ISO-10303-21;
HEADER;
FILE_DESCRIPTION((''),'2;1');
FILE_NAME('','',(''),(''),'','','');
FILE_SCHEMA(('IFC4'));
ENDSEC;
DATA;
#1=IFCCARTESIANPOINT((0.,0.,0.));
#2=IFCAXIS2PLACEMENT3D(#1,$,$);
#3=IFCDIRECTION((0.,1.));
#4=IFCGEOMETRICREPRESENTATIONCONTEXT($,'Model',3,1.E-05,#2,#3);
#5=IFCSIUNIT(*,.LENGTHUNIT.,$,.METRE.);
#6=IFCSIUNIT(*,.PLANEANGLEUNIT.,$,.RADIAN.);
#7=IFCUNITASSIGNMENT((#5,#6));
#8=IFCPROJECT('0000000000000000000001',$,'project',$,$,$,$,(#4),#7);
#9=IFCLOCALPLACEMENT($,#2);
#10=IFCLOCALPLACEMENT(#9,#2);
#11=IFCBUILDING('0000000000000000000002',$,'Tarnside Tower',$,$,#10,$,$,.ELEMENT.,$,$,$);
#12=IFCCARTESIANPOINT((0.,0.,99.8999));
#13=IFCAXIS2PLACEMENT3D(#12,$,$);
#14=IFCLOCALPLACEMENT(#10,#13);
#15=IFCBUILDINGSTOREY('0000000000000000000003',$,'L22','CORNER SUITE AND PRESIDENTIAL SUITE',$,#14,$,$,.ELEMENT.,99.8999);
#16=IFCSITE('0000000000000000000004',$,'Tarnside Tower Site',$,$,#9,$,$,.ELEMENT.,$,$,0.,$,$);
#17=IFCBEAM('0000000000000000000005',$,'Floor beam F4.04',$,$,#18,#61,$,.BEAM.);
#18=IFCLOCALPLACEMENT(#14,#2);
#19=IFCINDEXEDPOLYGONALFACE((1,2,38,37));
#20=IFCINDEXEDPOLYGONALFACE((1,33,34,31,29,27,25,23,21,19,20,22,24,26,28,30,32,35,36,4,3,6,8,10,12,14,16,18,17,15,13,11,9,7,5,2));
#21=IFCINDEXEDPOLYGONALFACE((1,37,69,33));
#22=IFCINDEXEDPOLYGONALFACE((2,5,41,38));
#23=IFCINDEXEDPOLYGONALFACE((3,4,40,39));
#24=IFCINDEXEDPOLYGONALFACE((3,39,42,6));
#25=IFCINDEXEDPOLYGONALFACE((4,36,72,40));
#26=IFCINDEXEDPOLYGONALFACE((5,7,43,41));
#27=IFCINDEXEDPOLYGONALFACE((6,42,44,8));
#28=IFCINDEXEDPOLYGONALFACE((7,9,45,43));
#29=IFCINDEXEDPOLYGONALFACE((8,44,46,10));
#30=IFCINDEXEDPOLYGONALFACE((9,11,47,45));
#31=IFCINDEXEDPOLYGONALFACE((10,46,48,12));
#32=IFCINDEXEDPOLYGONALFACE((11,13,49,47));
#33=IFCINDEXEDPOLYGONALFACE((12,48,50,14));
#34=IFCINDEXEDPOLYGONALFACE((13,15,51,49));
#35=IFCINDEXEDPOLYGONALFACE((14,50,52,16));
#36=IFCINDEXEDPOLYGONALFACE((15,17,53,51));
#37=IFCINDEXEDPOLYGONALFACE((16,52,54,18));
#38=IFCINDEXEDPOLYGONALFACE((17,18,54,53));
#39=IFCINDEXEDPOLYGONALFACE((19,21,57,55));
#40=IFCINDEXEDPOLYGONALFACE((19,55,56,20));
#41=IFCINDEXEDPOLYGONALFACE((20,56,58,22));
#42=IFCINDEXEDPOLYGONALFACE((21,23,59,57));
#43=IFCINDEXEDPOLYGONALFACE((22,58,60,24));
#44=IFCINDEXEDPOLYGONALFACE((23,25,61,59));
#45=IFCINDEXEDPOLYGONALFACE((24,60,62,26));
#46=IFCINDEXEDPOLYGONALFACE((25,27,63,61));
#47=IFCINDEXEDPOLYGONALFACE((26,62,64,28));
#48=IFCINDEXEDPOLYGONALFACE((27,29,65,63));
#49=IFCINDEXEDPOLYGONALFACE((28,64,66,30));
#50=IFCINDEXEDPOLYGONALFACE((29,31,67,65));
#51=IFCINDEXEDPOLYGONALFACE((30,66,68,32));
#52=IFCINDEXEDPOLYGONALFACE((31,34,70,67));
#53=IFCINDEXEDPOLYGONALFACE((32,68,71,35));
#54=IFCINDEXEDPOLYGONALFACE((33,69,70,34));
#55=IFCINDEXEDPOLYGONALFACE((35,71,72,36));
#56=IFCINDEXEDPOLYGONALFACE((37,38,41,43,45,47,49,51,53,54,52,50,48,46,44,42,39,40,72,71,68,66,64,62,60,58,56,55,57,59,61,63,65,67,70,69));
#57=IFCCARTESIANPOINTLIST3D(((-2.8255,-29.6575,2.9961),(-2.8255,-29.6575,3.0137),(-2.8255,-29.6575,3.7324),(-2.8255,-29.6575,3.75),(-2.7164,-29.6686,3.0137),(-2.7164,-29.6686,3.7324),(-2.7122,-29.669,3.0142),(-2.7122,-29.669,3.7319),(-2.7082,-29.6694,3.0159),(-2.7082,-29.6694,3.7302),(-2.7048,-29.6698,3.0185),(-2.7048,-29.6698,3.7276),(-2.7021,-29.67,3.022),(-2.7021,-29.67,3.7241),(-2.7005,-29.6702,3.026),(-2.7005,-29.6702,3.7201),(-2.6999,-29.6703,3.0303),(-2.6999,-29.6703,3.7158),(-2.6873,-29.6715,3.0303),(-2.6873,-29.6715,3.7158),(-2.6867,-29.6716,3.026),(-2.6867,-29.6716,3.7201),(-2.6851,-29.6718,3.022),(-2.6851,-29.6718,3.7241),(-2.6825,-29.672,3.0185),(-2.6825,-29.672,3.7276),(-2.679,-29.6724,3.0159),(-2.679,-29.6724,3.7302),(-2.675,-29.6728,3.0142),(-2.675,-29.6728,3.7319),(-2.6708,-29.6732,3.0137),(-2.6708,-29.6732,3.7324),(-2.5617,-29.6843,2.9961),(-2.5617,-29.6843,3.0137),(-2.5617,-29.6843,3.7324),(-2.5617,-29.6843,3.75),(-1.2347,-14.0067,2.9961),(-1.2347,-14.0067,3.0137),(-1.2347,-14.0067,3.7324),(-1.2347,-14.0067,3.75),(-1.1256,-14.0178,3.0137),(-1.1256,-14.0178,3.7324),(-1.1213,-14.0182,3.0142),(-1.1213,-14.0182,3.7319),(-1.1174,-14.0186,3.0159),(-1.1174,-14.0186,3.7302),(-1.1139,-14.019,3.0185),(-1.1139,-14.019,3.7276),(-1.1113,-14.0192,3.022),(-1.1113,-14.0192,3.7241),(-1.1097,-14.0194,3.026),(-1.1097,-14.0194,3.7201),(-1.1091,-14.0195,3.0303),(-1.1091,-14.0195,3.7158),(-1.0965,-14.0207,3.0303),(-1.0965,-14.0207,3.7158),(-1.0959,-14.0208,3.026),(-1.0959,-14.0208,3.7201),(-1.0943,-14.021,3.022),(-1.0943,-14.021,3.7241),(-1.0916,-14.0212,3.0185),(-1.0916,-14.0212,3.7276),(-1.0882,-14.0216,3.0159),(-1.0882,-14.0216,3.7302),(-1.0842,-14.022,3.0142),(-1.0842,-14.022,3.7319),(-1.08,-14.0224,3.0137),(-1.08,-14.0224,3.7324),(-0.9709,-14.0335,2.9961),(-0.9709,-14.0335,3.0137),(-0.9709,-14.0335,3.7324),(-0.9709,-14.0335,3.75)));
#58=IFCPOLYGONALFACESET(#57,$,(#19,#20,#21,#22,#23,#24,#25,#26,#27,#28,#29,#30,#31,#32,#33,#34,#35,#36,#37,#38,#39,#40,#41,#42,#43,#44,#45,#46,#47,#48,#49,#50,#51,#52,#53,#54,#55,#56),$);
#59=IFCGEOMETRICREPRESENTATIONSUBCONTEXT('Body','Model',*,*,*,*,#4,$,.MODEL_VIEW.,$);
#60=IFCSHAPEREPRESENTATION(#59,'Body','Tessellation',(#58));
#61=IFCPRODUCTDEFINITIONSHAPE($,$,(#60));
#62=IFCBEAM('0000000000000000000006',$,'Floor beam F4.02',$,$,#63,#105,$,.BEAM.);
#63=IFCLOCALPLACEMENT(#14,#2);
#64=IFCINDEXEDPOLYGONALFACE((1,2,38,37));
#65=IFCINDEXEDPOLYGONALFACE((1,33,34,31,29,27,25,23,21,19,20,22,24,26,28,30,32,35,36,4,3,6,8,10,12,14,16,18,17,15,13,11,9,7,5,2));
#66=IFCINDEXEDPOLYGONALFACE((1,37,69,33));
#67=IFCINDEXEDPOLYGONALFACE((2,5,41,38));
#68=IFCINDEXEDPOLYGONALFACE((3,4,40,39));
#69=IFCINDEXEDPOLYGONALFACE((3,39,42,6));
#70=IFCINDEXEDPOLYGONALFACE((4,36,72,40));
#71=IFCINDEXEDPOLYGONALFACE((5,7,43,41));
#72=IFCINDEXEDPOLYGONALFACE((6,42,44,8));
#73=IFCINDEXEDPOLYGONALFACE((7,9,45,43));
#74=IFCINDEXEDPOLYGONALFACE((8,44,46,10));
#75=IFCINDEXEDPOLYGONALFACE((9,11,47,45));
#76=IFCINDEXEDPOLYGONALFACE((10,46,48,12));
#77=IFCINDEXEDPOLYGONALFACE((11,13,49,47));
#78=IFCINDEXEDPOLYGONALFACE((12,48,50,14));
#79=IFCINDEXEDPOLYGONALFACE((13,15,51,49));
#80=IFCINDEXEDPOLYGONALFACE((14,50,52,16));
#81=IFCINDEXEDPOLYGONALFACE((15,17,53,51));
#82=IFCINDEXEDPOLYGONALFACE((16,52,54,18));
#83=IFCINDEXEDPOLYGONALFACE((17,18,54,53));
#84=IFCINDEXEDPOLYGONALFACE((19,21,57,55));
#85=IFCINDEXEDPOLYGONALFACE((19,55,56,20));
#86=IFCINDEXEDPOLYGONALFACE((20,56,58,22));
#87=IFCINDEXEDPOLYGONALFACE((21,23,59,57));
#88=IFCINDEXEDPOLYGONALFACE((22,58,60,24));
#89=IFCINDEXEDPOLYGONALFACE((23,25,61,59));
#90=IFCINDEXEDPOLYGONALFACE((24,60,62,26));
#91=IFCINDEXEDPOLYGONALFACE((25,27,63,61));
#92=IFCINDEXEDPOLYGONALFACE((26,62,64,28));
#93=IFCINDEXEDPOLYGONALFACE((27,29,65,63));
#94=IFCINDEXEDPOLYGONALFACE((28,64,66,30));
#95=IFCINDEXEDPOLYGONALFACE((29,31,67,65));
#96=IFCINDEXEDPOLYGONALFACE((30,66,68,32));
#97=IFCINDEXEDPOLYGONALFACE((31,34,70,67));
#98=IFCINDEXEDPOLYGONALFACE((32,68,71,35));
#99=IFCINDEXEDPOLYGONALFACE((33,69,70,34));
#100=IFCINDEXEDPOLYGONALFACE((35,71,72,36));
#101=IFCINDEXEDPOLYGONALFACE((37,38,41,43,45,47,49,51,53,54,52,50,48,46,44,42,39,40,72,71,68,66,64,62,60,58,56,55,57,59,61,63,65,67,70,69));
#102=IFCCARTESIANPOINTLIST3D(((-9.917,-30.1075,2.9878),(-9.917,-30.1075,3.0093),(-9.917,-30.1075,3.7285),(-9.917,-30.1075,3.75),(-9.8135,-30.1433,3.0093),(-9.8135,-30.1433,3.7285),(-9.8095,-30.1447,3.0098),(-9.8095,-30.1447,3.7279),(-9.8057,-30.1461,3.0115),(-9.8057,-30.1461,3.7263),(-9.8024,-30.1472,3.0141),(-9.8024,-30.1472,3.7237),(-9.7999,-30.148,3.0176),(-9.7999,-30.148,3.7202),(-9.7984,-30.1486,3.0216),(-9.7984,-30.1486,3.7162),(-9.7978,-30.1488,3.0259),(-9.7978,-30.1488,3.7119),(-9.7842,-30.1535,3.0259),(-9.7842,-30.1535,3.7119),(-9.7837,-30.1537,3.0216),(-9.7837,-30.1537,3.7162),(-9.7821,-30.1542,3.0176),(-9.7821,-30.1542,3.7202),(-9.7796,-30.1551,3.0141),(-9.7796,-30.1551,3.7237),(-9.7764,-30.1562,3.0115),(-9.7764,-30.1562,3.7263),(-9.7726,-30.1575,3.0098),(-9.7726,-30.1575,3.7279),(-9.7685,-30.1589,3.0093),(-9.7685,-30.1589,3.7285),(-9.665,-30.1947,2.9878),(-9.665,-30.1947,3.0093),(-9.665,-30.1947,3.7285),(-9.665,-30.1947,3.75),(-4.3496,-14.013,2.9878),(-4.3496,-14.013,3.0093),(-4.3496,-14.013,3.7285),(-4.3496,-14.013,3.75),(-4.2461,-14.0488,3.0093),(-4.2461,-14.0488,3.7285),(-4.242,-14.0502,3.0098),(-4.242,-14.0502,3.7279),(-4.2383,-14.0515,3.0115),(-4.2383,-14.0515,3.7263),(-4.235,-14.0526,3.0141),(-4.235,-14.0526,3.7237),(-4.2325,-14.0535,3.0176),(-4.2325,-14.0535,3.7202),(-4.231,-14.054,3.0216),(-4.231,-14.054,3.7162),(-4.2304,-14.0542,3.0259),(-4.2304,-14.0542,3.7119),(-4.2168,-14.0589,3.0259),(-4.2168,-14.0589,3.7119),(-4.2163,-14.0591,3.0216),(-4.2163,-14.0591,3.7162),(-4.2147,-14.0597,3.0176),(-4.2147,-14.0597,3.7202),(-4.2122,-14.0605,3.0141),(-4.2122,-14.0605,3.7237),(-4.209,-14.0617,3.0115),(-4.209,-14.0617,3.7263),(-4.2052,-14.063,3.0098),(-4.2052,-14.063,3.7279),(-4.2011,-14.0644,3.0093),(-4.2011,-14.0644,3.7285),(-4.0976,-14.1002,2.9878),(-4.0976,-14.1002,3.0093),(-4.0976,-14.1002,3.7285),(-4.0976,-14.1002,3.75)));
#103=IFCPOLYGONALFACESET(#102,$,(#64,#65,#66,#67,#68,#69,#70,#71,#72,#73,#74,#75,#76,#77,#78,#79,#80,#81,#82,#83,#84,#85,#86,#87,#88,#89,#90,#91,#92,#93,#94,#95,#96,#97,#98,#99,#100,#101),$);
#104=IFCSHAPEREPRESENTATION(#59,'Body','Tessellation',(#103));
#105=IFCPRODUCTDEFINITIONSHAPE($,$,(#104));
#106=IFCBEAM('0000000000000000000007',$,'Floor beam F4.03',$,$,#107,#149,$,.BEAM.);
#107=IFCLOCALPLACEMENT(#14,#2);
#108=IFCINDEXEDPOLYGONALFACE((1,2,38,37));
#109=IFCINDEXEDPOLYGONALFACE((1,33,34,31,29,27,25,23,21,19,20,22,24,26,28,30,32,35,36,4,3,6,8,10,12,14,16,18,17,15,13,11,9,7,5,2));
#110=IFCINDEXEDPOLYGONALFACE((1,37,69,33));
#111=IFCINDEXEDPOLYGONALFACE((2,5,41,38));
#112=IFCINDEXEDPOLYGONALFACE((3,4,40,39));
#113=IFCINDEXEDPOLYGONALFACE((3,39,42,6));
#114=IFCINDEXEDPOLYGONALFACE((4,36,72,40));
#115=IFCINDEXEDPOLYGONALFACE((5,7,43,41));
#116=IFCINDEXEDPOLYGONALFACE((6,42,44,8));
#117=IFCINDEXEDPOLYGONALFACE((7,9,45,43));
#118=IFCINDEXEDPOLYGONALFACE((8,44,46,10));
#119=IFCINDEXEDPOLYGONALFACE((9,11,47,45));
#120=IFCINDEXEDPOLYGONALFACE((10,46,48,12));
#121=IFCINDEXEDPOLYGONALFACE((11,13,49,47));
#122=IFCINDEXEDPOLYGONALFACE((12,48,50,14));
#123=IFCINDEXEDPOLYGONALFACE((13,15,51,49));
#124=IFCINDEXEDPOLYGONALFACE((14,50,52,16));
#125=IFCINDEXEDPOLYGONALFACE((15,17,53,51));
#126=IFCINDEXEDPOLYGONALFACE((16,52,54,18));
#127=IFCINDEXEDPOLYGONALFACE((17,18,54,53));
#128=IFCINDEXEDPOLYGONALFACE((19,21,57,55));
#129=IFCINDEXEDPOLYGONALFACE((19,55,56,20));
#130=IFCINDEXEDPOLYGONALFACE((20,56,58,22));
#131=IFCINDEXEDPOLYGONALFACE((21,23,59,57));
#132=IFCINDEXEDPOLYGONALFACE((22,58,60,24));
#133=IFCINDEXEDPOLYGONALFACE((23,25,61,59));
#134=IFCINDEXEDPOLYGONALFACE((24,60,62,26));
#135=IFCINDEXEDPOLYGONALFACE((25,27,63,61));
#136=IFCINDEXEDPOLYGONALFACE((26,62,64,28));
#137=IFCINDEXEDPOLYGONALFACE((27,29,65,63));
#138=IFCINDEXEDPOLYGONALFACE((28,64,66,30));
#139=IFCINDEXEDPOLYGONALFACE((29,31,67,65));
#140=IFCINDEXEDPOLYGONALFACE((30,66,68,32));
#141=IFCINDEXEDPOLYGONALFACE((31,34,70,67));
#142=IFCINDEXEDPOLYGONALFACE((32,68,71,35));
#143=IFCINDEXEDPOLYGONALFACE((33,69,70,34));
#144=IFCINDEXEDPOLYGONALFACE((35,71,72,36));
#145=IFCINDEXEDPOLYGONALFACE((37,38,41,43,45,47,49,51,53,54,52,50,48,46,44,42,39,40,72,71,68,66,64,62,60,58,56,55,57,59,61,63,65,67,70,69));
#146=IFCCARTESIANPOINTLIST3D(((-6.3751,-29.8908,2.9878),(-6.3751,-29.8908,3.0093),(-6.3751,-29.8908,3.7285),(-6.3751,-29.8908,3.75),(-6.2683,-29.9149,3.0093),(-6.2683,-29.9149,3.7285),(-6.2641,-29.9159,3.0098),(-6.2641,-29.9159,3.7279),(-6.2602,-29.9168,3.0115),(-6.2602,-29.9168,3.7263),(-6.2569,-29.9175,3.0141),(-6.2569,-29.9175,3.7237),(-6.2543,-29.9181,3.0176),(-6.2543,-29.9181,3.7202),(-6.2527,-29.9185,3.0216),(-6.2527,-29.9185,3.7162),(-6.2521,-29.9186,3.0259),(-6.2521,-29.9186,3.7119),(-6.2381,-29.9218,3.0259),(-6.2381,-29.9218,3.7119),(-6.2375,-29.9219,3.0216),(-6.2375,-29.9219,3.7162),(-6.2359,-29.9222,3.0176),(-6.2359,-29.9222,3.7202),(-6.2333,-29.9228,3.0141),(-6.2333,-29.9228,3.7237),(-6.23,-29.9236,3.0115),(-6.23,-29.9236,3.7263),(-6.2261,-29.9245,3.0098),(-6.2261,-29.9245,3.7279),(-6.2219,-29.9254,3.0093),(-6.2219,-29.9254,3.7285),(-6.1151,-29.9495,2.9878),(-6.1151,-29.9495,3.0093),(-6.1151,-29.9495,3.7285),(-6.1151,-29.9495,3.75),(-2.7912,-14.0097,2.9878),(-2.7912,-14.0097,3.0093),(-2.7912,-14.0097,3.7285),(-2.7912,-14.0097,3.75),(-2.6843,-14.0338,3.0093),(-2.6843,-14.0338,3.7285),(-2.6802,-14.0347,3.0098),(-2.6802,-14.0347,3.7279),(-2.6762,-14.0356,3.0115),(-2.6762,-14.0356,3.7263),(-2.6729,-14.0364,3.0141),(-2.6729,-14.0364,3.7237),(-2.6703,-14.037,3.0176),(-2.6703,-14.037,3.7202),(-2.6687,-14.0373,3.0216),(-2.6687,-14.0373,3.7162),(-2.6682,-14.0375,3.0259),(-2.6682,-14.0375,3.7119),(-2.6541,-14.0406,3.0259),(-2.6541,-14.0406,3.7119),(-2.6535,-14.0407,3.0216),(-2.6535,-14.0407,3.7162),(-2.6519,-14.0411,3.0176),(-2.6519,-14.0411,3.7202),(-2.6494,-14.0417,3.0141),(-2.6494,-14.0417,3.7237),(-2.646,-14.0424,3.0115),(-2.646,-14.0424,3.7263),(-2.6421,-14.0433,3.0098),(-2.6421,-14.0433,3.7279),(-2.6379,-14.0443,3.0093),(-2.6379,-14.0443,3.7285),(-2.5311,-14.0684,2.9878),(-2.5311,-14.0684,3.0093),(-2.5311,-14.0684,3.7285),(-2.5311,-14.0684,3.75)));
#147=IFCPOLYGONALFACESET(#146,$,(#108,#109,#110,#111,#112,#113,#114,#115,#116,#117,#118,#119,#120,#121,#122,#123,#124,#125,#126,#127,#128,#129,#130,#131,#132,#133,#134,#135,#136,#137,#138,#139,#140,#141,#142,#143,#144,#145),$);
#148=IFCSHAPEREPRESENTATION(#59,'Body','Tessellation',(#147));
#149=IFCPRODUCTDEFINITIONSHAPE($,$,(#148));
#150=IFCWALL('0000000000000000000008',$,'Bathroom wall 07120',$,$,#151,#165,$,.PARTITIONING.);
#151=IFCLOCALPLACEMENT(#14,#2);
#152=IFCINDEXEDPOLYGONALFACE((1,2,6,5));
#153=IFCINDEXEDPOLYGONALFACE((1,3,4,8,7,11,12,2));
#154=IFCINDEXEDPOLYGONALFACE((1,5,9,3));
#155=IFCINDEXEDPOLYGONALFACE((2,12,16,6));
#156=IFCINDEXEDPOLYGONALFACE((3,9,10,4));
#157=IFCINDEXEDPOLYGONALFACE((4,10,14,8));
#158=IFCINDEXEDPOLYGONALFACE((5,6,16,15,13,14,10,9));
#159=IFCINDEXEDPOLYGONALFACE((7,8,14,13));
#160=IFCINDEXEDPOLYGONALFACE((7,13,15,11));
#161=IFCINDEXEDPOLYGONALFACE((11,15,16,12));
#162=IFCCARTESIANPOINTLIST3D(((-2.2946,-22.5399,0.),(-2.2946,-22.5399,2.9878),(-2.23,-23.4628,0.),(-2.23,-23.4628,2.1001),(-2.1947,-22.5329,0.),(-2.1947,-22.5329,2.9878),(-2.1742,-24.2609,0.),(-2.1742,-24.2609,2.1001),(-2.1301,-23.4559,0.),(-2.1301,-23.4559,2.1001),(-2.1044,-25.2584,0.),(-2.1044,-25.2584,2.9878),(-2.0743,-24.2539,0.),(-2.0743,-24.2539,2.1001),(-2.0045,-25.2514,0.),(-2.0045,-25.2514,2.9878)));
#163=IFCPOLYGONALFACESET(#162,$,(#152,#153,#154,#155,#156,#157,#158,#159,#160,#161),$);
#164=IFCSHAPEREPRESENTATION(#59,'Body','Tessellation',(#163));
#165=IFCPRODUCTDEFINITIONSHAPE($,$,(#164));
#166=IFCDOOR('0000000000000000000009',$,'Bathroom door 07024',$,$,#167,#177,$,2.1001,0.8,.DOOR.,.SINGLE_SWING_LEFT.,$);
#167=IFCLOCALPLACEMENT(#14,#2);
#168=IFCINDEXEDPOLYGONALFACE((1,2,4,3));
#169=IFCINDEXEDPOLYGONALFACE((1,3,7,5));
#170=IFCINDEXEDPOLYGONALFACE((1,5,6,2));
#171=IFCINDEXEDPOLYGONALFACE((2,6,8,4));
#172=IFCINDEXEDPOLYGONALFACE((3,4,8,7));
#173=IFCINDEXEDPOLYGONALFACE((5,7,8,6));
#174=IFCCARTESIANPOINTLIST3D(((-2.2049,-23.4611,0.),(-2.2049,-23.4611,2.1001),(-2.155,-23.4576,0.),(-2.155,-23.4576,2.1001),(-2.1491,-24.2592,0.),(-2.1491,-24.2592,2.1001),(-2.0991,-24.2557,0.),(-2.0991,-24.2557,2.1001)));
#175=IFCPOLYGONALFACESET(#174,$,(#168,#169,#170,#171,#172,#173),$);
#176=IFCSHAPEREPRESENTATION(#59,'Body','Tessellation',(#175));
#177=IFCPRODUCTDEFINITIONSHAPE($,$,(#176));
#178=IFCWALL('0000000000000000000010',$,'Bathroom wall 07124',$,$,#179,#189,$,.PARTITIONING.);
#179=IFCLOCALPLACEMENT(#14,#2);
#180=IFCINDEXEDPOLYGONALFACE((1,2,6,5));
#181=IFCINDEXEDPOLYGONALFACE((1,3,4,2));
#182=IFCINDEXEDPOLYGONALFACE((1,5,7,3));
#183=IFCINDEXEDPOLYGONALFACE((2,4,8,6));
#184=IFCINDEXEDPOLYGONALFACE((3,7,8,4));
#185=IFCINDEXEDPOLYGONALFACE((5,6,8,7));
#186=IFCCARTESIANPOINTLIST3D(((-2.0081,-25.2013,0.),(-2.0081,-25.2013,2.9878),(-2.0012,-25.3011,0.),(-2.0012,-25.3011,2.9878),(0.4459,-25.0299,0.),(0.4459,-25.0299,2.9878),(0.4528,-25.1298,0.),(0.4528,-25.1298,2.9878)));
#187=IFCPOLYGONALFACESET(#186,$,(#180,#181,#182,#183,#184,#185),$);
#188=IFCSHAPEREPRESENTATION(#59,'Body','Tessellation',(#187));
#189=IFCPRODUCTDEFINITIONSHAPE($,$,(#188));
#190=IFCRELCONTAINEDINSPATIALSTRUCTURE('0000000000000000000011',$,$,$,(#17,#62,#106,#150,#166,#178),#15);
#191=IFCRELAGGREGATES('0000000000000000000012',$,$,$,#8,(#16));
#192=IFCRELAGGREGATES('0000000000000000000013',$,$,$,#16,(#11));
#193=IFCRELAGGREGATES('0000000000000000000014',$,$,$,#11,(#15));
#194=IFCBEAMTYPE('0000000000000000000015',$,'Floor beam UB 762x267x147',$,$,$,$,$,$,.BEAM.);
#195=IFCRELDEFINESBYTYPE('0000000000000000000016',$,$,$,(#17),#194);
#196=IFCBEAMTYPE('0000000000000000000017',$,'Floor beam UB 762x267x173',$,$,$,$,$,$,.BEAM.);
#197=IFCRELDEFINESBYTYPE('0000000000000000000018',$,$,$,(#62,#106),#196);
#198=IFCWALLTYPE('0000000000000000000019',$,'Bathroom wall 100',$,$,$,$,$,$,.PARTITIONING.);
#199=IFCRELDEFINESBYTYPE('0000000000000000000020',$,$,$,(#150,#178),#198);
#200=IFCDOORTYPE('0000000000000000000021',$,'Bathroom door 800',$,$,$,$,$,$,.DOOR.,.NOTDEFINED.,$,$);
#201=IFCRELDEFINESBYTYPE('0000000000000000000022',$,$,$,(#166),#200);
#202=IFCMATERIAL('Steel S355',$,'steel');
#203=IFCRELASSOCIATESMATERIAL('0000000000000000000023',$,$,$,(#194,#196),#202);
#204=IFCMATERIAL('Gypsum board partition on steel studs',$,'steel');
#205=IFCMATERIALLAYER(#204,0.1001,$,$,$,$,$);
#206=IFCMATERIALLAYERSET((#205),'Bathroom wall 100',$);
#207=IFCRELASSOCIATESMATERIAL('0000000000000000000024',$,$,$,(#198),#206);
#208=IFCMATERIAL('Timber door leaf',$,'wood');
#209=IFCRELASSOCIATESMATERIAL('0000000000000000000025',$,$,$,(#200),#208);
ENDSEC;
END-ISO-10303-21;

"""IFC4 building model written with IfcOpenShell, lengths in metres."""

from ifc_helpers import new_model, si_unit, direction, frame, frame_2d, origin, origin_2d, place, context, subcontext, project, spatial, rectangle, i_section, extrude, material, layer, layer_set, material_profile, profile_set, type_object, element, fill, save


model = new_model("IFC4")

# Units and contexts
model_context = context("Model", 3, precision=1e-05, world=origin(), true_north=direction((0.0, 1.0)))
body_context = subcontext(model_context, "Body", "Model", "MODEL_VIEW")
ifc_project = project(units=[si_unit("LENGTHUNIT", "METRE"), si_unit("PLANEANGLEUNIT", "RADIAN")], contexts=[model_context])

# Site, building, storey
site_placement = place(None, origin())
site = spatial("IfcSite", under=ifc_project, at=site_placement, Name="Tarnside Tower Site", CompositionType="ELEMENT", RefElevation=0.0)
building_placement = place(site_placement, origin())
building = spatial("IfcBuilding", under=site, at=building_placement, Name="Tarnside Tower", CompositionType="ELEMENT")
storey_placement = place(building_placement, frame((0.0, 0.0, 99.8999)))
storey = spatial("IfcBuildingStorey", under=building, at=storey_placement, Name="L22", Description="CORNER SUITE AND PRESIDENTIAL SUITE", CompositionType="ELEMENT", Elevation=99.8999)

# Beams
ifc_material_1 = material(Name="Steel S355", Category="steel")
ifc_material_profile_1 = material_profile(ifc_material_1, i_section(OverallWidth=0.2651, OverallDepth=0.7539, WebThickness=0.0127, FlangeThickness=0.0176, FilletRadius=0.0166, at=origin_2d()), Name="UB 762x267x147")
ifc_profile_set_1 = profile_set([ifc_material_profile_1], Name="Steel S355")
beam_type_1 = type_object("IfcBeamType", Name="Floor beam UB 762x267x147", PredefinedType="BEAM", material=ifc_profile_set_1)
beam_1_placement = place(storey_placement, frame((-2.6936, -29.6709, 3.373), z_axis=(0.101123, 0.994874, 0.0), x_axis=(-0.994874, 0.101123, 0.0)))
element("IfcBeam", 1, at=beam_1_placement, inside=storey, type_object=beam_type_1, Name="Floor beam F4.04", PredefinedType="BEAM", context=body_context, shape_type="SweptSolid", body=[
    extrude(i_section(OverallWidth=0.2651, OverallDepth=0.7539, WebThickness=0.0127, FlangeThickness=0.0176, FilletRadius=0.0166, at=origin_2d()), origin(), (0.0, 0.0, 1.0), 15.7314),
])
ifc_material_profile_2 = material_profile(ifc_material_1, i_section(OverallWidth=0.2666, OverallDepth=0.7622, WebThickness=0.0144, FlangeThickness=0.0215, FilletRadius=0.0166, at=origin_2d()), Name="UB 762x267x173")
ifc_profile_set_2 = profile_set([ifc_material_profile_2], Name="Steel S355")
beam_type_2 = type_object("IfcBeamType", Name="Floor beam UB 762x267x173", PredefinedType="BEAM", material=ifc_profile_set_2)
beam_2_placement = place(storey_placement, frame((-9.791, -30.1511, 3.3689), z_axis=(0.326912, 0.945055, 0.0), x_axis=(-0.945055, 0.326912, 0.0)))
element("IfcBeam", 2, at=beam_2_placement, inside=storey, type_object=beam_type_2, Name="Floor beam F4.02", PredefinedType="BEAM", context=body_context, shape_type="SweptSolid", body=[
    extrude(i_section(OverallWidth=0.2666, OverallDepth=0.7622, WebThickness=0.0144, FlangeThickness=0.0215, FilletRadius=0.0166, at=origin_2d()), origin(), (0.0, 0.0, 1.0), 17.0303),
])
beam_3_placement = place(storey_placement, frame((-6.2451, -29.9202, 3.3689), z_axis=(0.22014, 0.975468, 0.0), x_axis=(-0.975468, 0.22014, 0.0)))
element("IfcBeam", 3, at=beam_3_placement, inside=storey, type_object=beam_type_2, Name="Floor beam F4.03", PredefinedType="BEAM", context=body_context, shape_type="SweptSolid", body=[
    extrude(i_section(OverallWidth=0.2666, OverallDepth=0.7622, WebThickness=0.0144, FlangeThickness=0.0215, FilletRadius=0.0166, at=origin_2d()), origin(), (0.0, 0.0, 1.0), 16.2805),
])

# Wall, opening, door
ifc_material_2 = material(Name="Gypsum board partition on steel studs", Category="steel")
ifc_layer_1 = layer(ifc_material_2, 0.1001)
ifc_layer_set_1 = layer_set([ifc_layer_1], Name="Bathroom wall 100")
wall_type_1 = type_object("IfcWallType", Name="Bathroom wall 100", PredefinedType="PARTITIONING", material=ifc_layer_set_1)
wall_1_placement = place(storey_placement, frame((-2.0544, -25.2549, 0.0), z_axis=(0.0, 0.0, 1.0), x_axis=(-0.069789, 0.997562, 0.0)))
wall_1 = element("IfcWall", 4, at=wall_1_placement, inside=storey, type_object=wall_type_1, Name="Bathroom wall 07120", PredefinedType="PARTITIONING", context=body_context, shape_type="SweptSolid", body=[
    extrude(rectangle(XDim=2.7251, YDim=0.1001, at=frame_2d((1.3625, 0.0))), origin(), (0.0, 0.0, 1.0), 2.9878),
])
opening_1_placement = place(wall_1_placement, frame((1.0, 0.0, 0.0)))
opening_1 = element("IfcOpeningElement", 5, at=opening_1_placement, cuts=wall_1, PredefinedType="OPENING", context=body_context, shape_type="SweptSolid", body=[
    extrude(rectangle(XDim=0.8, YDim=2.1001, at=frame_2d((0.3999, 1.05))), frame((0.0, 0.0601, 0.0), z_axis=(0.0, -1.0, 0.0), x_axis=(1.0, 0.0, 0.0)), (0.0, 0.0, 1.0), 0.1201),
])
ifc_material_3 = material(Name="Timber door leaf", Category="wood")
door_type_1 = type_object("IfcDoorType", Name="Bathroom door 800", OperationType="NOTDEFINED", PredefinedType="DOOR", material=ifc_material_3)
door_1_placement = place(opening_1_placement, origin())
door_1 = element("IfcDoor", 6, at=door_1_placement, inside=storey, type_object=door_type_1, Name="Bathroom door 07024", OperationType="SINGLE_SWING_LEFT", OverallHeight=2.1001, OverallWidth=0.8, PredefinedType="DOOR", context=body_context, shape_type="SweptSolid", body=[
    extrude(rectangle(XDim=0.8, YDim=2.1001, at=frame_2d((0.3999, 1.05))), frame((0.0, 0.0249, 0.0), z_axis=(0.0, -1.0, 0.0), x_axis=(1.0, 0.0, 0.0)), (0.0, 0.0, 1.0), 0.05),
])
fill(opening_1, door_1)

# Wall
wall_2_placement = place(storey_placement, frame((-2.0046, -25.2512, 0.0), z_axis=(0.0, 0.0, 1.0), x_axis=(0.99757, 0.069667, 0.0)))
element("IfcWall", 7, at=wall_2_placement, inside=storey, type_object=wall_type_1, Name="Bathroom wall 07124", PredefinedType="PARTITIONING", context=body_context, shape_type="SweptSolid", body=[
    extrude(rectangle(XDim=2.46, YDim=0.1001, at=frame_2d((1.23, 0.0))), origin(), (0.0, 0.0, 1.0), 2.9878),
])

save(model, "model.ifc")
